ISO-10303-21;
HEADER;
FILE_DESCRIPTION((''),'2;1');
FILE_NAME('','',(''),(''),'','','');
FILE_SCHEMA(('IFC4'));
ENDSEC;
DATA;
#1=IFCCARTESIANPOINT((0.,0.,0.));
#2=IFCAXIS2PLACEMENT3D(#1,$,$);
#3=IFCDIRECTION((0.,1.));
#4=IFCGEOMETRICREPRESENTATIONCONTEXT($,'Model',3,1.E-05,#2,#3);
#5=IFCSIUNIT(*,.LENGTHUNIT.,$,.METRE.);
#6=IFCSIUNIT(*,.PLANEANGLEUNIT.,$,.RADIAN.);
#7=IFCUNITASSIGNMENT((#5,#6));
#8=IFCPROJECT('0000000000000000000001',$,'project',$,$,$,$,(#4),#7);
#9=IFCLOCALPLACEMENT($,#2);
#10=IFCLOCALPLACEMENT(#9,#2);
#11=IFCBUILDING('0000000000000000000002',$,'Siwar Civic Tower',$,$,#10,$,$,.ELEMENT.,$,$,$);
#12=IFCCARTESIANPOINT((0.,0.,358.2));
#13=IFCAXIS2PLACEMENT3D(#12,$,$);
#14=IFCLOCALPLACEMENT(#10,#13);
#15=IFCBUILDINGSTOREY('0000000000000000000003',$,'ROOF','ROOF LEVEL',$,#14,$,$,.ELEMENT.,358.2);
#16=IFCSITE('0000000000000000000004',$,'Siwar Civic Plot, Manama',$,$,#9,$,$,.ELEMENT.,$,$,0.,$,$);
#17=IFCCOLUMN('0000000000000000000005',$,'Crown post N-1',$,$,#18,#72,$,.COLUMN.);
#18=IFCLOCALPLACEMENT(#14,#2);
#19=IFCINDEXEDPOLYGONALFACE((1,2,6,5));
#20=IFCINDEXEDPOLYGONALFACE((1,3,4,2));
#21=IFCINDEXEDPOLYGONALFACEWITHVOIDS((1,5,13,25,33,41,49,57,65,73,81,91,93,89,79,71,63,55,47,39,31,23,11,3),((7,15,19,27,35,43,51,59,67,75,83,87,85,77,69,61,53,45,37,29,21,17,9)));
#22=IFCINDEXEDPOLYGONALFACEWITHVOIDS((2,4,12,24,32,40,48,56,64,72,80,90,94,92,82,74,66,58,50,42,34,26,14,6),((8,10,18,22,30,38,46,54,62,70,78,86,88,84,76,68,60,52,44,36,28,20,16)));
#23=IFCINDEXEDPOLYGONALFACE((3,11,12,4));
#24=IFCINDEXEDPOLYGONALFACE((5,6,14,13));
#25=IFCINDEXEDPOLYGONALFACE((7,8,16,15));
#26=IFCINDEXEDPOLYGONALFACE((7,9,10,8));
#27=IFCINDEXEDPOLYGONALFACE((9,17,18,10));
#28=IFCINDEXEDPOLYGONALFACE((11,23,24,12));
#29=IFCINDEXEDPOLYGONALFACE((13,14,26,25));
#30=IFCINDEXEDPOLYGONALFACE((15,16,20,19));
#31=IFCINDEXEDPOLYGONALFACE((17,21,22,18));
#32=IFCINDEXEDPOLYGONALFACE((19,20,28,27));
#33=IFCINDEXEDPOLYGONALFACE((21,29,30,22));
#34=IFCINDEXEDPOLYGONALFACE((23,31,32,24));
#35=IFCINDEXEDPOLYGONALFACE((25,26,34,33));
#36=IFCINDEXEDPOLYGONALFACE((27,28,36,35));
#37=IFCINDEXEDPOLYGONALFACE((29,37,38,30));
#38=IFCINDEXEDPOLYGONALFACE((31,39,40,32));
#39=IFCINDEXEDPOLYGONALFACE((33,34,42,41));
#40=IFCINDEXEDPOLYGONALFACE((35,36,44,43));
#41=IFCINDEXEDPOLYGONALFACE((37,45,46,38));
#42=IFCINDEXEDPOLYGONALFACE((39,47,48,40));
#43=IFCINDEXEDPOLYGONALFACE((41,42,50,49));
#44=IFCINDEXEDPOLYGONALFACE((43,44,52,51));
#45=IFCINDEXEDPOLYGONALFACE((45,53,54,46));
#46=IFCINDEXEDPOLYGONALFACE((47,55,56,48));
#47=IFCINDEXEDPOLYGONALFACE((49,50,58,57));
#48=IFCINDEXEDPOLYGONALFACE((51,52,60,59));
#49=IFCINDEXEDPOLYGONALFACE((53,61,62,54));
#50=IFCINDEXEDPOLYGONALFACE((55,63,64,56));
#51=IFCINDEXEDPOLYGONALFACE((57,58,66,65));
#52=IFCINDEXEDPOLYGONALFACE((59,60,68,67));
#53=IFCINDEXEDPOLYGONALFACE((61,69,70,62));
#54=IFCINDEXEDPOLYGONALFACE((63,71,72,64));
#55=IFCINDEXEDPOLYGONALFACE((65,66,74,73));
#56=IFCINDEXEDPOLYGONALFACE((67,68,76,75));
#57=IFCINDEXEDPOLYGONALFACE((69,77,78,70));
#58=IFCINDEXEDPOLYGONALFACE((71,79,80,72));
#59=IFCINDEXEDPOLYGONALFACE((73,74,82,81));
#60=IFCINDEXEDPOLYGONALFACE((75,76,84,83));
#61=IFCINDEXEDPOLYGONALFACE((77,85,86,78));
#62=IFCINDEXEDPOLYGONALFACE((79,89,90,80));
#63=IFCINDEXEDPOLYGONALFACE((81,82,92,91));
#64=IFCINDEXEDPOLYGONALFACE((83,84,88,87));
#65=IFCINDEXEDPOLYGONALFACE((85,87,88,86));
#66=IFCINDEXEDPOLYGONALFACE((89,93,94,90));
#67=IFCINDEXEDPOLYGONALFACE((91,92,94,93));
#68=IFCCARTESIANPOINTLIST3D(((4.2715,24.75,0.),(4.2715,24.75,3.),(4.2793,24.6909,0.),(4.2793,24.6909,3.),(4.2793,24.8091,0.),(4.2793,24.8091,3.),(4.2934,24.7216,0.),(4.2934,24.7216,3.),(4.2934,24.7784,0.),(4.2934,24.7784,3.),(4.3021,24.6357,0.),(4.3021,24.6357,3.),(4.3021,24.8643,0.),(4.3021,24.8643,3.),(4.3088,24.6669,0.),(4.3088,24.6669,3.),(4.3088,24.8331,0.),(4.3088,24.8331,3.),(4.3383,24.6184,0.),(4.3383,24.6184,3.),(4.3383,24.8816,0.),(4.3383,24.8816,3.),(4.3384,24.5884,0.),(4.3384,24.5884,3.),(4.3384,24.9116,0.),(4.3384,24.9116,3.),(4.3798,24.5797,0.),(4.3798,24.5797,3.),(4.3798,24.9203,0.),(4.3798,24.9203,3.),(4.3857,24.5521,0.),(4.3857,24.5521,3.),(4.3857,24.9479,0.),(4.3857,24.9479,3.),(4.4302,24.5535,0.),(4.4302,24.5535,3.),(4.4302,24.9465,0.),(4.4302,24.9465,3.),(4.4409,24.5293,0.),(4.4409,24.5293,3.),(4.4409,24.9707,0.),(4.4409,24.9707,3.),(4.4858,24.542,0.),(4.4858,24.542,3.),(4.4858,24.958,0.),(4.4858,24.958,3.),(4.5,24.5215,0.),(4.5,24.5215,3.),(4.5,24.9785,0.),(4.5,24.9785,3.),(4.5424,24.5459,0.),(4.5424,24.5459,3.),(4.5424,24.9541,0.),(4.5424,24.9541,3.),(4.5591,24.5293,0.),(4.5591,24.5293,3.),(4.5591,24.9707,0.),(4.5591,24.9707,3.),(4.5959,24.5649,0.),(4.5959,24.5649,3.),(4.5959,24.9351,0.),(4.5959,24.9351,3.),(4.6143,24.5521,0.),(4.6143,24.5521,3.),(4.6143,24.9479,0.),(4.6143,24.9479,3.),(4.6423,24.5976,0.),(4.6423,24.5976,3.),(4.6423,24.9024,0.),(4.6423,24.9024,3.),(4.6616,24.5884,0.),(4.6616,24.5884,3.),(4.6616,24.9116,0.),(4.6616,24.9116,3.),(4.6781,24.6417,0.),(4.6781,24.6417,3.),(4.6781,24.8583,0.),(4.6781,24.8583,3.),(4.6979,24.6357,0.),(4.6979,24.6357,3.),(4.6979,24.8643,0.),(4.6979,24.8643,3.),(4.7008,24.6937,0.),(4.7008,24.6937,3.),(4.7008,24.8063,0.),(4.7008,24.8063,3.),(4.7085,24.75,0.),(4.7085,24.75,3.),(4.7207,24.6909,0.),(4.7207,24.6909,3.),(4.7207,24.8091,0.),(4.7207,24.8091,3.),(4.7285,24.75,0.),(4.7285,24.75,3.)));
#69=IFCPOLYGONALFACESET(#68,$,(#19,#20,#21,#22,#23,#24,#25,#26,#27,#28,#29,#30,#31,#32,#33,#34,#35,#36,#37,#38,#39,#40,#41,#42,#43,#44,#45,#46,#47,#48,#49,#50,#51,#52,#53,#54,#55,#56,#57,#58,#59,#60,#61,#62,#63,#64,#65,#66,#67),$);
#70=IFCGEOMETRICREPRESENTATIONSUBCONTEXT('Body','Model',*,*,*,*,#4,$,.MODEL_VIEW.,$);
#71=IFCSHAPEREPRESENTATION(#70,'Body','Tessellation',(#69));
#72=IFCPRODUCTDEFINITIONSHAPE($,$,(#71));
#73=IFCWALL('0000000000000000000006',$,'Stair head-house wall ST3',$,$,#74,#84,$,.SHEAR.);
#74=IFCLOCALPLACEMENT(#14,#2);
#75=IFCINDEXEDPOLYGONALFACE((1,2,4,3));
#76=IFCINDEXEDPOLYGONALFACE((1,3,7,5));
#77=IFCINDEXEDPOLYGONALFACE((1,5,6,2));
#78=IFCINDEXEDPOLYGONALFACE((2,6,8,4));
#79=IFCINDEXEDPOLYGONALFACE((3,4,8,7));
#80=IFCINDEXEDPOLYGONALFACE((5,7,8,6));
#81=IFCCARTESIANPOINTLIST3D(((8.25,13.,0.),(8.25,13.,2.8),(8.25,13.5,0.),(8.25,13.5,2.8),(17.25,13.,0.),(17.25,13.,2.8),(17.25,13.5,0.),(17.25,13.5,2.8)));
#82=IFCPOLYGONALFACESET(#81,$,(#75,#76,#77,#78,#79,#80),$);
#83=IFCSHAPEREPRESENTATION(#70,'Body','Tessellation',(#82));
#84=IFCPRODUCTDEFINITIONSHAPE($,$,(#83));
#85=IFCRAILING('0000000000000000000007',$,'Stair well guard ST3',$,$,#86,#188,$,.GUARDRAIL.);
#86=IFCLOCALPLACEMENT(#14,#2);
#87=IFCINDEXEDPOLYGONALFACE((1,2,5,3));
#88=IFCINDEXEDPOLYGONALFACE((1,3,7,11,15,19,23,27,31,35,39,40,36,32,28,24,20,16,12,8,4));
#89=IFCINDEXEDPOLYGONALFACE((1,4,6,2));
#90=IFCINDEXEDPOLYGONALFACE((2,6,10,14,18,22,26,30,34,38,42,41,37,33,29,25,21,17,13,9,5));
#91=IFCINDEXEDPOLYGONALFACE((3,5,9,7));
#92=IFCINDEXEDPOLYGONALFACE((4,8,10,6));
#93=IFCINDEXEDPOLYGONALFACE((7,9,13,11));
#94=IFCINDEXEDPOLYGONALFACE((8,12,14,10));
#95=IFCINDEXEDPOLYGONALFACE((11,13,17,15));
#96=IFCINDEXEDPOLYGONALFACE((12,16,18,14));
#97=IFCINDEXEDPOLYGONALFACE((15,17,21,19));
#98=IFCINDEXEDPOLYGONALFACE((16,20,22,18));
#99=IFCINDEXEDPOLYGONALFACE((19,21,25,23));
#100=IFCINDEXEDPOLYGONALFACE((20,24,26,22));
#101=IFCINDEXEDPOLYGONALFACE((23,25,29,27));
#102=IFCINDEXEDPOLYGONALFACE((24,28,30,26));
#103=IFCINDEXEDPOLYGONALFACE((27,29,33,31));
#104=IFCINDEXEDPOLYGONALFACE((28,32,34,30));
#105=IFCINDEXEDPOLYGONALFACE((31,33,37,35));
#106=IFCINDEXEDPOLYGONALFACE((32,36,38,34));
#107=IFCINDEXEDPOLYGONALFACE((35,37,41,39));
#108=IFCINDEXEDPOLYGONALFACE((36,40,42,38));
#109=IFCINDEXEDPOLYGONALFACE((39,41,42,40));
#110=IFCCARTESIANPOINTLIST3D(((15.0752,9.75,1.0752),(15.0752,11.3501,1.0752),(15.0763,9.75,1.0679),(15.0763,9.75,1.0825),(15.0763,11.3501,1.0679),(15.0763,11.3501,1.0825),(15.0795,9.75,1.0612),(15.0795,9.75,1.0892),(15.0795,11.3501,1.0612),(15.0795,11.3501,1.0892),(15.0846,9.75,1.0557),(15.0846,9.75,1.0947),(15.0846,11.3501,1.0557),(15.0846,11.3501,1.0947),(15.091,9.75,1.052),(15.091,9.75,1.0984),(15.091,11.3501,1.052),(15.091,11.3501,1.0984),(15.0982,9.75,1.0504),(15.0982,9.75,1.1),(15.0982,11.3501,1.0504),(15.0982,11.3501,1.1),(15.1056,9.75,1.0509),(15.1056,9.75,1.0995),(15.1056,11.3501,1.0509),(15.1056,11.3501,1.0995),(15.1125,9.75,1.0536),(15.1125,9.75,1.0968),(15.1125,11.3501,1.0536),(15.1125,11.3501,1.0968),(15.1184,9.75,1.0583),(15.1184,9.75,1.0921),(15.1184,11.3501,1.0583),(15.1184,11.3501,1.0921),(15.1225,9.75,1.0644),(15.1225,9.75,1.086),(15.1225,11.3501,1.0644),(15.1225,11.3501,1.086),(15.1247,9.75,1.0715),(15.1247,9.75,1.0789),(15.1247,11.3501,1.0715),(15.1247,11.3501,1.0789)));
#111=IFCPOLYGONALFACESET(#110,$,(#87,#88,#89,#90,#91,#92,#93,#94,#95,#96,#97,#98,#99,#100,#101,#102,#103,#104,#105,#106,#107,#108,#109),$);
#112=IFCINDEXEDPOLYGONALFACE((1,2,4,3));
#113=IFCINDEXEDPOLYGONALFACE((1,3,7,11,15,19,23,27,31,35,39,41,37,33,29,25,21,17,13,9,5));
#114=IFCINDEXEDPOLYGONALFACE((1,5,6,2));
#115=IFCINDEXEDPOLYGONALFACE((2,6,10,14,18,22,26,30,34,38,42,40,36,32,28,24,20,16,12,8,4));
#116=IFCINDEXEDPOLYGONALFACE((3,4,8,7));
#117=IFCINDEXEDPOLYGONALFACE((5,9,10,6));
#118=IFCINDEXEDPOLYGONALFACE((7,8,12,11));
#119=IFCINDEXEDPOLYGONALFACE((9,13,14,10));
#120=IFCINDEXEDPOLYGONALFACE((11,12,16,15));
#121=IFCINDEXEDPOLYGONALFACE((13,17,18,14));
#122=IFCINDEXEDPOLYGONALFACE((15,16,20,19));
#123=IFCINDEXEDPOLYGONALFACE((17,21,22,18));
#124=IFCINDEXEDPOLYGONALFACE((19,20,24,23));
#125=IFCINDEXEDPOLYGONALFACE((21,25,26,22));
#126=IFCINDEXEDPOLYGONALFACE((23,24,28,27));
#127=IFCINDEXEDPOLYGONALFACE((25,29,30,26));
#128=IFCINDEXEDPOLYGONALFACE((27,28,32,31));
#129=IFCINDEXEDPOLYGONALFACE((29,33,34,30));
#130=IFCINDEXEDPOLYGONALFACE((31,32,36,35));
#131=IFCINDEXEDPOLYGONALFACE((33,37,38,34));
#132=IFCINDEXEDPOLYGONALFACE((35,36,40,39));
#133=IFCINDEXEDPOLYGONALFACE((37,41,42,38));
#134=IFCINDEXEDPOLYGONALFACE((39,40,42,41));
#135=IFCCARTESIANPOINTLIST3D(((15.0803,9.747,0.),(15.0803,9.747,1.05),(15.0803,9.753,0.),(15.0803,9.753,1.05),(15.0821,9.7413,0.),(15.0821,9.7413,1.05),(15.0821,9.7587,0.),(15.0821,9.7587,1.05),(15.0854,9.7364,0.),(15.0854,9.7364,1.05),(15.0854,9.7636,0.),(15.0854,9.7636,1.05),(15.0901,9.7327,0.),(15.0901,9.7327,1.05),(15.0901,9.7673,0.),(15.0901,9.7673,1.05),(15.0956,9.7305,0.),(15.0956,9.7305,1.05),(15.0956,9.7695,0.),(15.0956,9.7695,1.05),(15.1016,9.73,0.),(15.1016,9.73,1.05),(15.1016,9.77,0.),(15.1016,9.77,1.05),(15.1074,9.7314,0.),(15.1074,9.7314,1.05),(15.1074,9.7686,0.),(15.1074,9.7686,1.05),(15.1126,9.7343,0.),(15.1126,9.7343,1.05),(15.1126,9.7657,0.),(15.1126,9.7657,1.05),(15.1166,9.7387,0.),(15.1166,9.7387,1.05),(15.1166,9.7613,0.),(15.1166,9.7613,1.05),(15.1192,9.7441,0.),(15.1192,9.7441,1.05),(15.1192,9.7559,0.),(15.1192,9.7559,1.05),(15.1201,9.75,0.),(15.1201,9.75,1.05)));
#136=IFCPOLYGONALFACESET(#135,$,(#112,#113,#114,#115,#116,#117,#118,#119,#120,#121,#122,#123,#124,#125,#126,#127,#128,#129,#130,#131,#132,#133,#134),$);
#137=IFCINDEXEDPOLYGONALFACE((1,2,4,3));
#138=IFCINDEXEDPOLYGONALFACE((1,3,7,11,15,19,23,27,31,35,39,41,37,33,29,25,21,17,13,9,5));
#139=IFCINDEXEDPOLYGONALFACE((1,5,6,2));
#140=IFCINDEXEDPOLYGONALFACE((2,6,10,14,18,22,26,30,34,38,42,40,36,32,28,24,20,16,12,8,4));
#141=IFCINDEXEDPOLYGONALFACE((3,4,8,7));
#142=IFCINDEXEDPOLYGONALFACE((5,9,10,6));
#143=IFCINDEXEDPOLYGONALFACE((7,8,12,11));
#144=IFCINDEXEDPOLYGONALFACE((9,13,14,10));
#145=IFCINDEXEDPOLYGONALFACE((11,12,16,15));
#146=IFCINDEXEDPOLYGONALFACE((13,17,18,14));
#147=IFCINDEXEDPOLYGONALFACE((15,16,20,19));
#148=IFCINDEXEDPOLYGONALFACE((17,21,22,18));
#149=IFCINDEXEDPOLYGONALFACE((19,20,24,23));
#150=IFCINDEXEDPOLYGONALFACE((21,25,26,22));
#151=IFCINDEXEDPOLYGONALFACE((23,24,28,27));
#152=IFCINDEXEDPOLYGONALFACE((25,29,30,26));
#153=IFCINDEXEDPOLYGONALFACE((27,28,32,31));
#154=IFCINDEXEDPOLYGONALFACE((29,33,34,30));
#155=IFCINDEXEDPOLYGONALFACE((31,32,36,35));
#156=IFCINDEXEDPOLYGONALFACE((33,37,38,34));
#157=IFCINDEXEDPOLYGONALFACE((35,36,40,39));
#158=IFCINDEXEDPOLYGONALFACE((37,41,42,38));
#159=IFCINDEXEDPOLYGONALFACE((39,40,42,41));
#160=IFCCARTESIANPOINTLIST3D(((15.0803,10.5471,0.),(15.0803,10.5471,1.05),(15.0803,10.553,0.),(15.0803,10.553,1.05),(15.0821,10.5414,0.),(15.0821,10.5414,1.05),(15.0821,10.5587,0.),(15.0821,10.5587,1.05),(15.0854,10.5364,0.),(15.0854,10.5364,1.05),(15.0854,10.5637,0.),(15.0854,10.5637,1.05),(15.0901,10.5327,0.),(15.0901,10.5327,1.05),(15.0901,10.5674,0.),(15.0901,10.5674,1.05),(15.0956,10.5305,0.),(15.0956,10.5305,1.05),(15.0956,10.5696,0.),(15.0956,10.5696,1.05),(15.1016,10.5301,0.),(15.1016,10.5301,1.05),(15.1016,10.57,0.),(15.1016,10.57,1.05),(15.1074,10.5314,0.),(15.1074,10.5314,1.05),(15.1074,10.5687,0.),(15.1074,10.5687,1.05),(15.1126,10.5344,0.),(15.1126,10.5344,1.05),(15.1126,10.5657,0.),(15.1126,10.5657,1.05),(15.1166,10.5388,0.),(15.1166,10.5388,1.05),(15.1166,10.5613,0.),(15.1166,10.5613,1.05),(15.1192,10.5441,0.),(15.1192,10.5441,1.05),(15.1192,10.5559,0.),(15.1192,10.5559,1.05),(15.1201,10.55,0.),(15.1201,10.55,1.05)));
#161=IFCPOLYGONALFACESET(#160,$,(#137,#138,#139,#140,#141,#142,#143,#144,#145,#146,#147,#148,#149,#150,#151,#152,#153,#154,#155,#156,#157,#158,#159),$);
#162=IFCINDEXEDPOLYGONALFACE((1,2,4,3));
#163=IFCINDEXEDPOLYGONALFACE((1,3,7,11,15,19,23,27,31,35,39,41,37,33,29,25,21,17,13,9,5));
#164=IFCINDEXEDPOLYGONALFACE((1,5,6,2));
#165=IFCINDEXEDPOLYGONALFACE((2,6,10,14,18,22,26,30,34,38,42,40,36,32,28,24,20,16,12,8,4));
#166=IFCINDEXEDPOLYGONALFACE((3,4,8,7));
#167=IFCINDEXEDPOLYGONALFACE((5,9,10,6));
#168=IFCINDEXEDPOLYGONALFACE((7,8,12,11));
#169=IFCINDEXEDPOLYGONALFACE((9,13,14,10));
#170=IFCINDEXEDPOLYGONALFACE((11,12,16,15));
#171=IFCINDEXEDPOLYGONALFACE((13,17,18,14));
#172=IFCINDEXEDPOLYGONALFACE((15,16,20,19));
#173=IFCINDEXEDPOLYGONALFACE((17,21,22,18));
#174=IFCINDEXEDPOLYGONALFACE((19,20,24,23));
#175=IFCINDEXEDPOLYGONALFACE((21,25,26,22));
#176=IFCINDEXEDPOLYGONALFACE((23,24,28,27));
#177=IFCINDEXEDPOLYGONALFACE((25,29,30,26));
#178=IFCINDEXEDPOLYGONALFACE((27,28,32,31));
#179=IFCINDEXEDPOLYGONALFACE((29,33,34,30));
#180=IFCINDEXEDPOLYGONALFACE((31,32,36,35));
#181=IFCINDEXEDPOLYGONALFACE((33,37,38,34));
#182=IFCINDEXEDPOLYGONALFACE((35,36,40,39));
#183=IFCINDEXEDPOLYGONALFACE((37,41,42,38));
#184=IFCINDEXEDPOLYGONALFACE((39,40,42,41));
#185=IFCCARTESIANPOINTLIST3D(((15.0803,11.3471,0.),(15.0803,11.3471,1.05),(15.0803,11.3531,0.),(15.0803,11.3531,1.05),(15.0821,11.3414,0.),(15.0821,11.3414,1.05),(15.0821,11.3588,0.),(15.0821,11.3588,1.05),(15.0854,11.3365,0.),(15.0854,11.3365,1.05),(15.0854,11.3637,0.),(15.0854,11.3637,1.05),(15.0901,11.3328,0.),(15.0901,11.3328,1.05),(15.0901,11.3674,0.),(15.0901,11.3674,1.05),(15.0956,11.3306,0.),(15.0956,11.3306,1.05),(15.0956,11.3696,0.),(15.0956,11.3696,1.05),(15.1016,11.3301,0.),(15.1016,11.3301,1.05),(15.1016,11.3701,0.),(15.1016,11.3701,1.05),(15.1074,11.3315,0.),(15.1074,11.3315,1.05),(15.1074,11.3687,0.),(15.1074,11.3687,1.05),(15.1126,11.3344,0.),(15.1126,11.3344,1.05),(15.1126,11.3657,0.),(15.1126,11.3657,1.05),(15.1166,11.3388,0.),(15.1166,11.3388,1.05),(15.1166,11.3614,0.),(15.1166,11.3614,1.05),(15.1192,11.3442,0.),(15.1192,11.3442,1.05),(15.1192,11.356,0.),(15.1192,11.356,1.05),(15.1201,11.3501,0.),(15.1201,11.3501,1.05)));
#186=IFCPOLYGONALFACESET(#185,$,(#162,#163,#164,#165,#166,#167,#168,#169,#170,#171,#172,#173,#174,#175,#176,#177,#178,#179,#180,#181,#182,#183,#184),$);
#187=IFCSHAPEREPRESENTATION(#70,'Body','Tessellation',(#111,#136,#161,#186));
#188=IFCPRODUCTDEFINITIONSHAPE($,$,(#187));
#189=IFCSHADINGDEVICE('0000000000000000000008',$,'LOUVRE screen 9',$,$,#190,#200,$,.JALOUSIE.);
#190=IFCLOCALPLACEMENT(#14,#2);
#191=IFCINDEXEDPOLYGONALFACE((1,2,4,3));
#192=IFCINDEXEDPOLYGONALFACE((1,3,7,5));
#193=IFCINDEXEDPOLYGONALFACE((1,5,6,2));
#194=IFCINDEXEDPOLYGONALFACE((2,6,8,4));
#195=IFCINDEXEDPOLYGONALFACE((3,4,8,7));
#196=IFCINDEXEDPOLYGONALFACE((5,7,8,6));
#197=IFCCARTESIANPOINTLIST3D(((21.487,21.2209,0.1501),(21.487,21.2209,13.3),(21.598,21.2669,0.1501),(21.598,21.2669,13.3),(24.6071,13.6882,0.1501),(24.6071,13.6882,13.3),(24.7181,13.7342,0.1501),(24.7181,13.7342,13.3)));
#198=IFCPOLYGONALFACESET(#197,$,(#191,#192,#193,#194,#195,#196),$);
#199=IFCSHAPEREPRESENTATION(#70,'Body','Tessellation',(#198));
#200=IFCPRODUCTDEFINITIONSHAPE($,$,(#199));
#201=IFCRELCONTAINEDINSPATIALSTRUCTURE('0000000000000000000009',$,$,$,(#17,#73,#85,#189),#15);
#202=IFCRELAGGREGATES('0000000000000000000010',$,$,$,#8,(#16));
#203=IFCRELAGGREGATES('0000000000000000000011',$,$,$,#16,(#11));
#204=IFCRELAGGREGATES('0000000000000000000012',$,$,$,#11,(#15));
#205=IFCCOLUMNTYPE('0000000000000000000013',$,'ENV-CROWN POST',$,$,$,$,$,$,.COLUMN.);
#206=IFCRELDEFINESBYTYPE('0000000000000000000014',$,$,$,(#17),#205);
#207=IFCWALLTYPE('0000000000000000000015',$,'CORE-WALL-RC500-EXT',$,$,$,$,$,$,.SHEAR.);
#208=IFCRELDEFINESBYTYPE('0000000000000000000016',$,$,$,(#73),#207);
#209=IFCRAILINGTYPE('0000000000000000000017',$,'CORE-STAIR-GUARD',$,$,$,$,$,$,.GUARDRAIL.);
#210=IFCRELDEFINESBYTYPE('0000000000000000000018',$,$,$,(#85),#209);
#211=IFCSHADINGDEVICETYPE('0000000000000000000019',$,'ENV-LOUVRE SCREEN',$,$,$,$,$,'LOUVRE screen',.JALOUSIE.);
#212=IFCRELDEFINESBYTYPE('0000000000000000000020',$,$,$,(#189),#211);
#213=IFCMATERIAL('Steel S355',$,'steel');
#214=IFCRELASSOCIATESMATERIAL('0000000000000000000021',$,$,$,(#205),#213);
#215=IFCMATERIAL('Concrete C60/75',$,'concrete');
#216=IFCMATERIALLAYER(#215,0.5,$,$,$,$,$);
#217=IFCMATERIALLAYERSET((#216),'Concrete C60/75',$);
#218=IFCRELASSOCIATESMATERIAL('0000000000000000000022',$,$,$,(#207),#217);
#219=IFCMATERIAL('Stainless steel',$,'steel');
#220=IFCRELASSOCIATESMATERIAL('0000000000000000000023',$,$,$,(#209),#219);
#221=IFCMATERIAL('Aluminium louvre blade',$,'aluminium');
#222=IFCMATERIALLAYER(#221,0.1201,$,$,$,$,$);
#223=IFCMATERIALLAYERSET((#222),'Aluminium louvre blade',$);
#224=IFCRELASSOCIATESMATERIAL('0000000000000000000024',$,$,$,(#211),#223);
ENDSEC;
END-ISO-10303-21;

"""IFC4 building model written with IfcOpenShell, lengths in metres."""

from ifc_helpers import new_model, si_unit, direction, frame, frame_2d, origin, origin_2d, place, context, subcontext, project, spatial, rectangle, circle, hollow_circle, extrude, material, layer, layer_set, material_profile, profile_set, type_object, element, save


model = new_model("IFC4")

# Units and contexts
model_context = context("Model", 3, precision=1e-05, world=origin(), true_north=direction((0.0, 1.0)))
body_context = subcontext(model_context, "Body", "Model", "MODEL_VIEW")
ifc_project = project(units=[si_unit("LENGTHUNIT", "METRE"), si_unit("PLANEANGLEUNIT", "RADIAN")], contexts=[model_context])

# Site, building, storey
site_placement = place(None, origin())
site = spatial("IfcSite", under=ifc_project, at=site_placement, Name="Siwar Civic Plot, Manama", CompositionType="ELEMENT", RefElevation=0.0)
building_placement = place(site_placement, origin())
building = spatial("IfcBuilding", under=site, at=building_placement, Name="Siwar Civic Tower", CompositionType="ELEMENT")
storey_placement = place(building_placement, frame((0.0, 0.0, 358.2)))
storey = spatial("IfcBuildingStorey", under=building, at=storey_placement, Name="ROOF", Description="ROOF LEVEL", CompositionType="ELEMENT", Elevation=358.2)

# Column
ifc_material_1 = material(Name="Steel S355", Category="steel")
ifc_material_profile = material_profile(ifc_material_1, hollow_circle(Radius=0.2285, WallThickness=0.02, at=origin_2d()), Name="CHS457x20")
ifc_profile_set = profile_set([ifc_material_profile], Name="Steel S355")
column_type = type_object("IfcColumnType", Name="ENV-CROWN POST", PredefinedType="COLUMN", material=ifc_profile_set)
for number, where, z_axis, x_axis, name in (
    (1, (4.5, 24.75, 0.0), (0.0, 0.0, 1.0), (1.0, 0.0, 0.0), "Crown post N-1"),
):
    element("IfcColumn", number, at=place(storey_placement, frame(where, z_axis=z_axis, x_axis=x_axis)), inside=storey, type_object=column_type, Name=name, PredefinedType="COLUMN", context=body_context, shape_type="SweptSolid", body=[
        extrude(hollow_circle(Radius=0.2285, WallThickness=0.02, at=origin_2d()), origin(), (0.0, 0.0, 1.0), 3.0),
    ])

# Wall
ifc_material_2 = material(Name="Concrete C60/75", Category="concrete")
ifc_layer_1 = layer(ifc_material_2, 0.5)
ifc_layer_set_1 = layer_set([ifc_layer_1], Name="Concrete C60/75")
wall_type = type_object("IfcWallType", Name="CORE-WALL-RC500-EXT", PredefinedType="SHEAR", material=ifc_layer_set_1)
wall_placement = place(storey_placement, frame((8.25, 13.25, 0.0), z_axis=(0.0, 0.0, 1.0), x_axis=(1.0, 0.0, 0.0)))
element("IfcWall", 2, at=wall_placement, inside=storey, type_object=wall_type, Name="Stair head-house wall ST3", PredefinedType="SHEAR", context=body_context, shape_type="SweptSolid", body=[
    extrude(rectangle(XDim=9.0, YDim=0.5, at=frame_2d((4.5, 0.0))), origin(), (0.0, 0.0, 1.0), 2.8),
])

# Railing
ifc_material_3 = material(Name="Stainless steel", Category="steel")
railing_type = type_object("IfcRailingType", Name="CORE-STAIR-GUARD", PredefinedType="GUARDRAIL", material=ifc_material_3)
railing_placement = place(storey_placement, frame((15.1001, 9.75, 0.0)))
element("IfcRailing", 3, at=railing_placement, inside=storey, type_object=railing_type, Name="Stair well guard ST3", PredefinedType="GUARDRAIL", context=body_context, shape_type="SweptSolid", body=[
    extrude(circle(Radius=0.0249, at=origin_2d()), frame((0.0, 0.0, 1.0752), z_axis=(0.0, 1.0, 0.0), x_axis=(-1.0, 0.0, 0.0)), (0.0, 0.0, 1.0), 1.6001),
    extrude(circle(Radius=0.02, at=origin_2d()), origin(), (0.0, 0.0, 1.0), 1.05),
    extrude(circle(Radius=0.02, at=origin_2d()), frame((0.0, 0.8, 0.0)), (0.0, 0.0, 1.0), 1.05),
    extrude(circle(Radius=0.02, at=origin_2d()), frame((0.0, 1.6001, 0.0)), (0.0, 0.0, 1.0), 1.05),
])

# Shading device
ifc_material_4 = material(Name="Aluminium louvre blade", Category="aluminium")
ifc_layer_2 = layer(ifc_material_4, 0.1201)
ifc_layer_set_2 = layer_set([ifc_layer_2], Name="Aluminium louvre blade")
shading_device_type = type_object("IfcShadingDeviceType", Name="ENV-LOUVRE SCREEN", ElementType="LOUVRE screen", PredefinedType="JALOUSIE", material=ifc_layer_set_2)
for number, where, z_axis, x_axis, name in (
    (4, (23.1025, 17.4775, 0.1501), (0.0, 0.0, 1.0), (-0.382683, 0.92388, 0.0), "LOUVRE screen 9"),
):
    element("IfcShadingDevice", number, at=place(storey_placement, frame(where, z_axis=z_axis, x_axis=x_axis)), inside=storey, type_object=shading_device_type, Name=name, PredefinedType="JALOUSIE", context=body_context, shape_type="SweptSolid", body=[
        extrude(rectangle(XDim=8.1533, YDim=0.1201, at=origin_2d()), origin(), (0.0, 0.0, 1.0), 13.1499),
    ])

save(model, "model.ifc")
